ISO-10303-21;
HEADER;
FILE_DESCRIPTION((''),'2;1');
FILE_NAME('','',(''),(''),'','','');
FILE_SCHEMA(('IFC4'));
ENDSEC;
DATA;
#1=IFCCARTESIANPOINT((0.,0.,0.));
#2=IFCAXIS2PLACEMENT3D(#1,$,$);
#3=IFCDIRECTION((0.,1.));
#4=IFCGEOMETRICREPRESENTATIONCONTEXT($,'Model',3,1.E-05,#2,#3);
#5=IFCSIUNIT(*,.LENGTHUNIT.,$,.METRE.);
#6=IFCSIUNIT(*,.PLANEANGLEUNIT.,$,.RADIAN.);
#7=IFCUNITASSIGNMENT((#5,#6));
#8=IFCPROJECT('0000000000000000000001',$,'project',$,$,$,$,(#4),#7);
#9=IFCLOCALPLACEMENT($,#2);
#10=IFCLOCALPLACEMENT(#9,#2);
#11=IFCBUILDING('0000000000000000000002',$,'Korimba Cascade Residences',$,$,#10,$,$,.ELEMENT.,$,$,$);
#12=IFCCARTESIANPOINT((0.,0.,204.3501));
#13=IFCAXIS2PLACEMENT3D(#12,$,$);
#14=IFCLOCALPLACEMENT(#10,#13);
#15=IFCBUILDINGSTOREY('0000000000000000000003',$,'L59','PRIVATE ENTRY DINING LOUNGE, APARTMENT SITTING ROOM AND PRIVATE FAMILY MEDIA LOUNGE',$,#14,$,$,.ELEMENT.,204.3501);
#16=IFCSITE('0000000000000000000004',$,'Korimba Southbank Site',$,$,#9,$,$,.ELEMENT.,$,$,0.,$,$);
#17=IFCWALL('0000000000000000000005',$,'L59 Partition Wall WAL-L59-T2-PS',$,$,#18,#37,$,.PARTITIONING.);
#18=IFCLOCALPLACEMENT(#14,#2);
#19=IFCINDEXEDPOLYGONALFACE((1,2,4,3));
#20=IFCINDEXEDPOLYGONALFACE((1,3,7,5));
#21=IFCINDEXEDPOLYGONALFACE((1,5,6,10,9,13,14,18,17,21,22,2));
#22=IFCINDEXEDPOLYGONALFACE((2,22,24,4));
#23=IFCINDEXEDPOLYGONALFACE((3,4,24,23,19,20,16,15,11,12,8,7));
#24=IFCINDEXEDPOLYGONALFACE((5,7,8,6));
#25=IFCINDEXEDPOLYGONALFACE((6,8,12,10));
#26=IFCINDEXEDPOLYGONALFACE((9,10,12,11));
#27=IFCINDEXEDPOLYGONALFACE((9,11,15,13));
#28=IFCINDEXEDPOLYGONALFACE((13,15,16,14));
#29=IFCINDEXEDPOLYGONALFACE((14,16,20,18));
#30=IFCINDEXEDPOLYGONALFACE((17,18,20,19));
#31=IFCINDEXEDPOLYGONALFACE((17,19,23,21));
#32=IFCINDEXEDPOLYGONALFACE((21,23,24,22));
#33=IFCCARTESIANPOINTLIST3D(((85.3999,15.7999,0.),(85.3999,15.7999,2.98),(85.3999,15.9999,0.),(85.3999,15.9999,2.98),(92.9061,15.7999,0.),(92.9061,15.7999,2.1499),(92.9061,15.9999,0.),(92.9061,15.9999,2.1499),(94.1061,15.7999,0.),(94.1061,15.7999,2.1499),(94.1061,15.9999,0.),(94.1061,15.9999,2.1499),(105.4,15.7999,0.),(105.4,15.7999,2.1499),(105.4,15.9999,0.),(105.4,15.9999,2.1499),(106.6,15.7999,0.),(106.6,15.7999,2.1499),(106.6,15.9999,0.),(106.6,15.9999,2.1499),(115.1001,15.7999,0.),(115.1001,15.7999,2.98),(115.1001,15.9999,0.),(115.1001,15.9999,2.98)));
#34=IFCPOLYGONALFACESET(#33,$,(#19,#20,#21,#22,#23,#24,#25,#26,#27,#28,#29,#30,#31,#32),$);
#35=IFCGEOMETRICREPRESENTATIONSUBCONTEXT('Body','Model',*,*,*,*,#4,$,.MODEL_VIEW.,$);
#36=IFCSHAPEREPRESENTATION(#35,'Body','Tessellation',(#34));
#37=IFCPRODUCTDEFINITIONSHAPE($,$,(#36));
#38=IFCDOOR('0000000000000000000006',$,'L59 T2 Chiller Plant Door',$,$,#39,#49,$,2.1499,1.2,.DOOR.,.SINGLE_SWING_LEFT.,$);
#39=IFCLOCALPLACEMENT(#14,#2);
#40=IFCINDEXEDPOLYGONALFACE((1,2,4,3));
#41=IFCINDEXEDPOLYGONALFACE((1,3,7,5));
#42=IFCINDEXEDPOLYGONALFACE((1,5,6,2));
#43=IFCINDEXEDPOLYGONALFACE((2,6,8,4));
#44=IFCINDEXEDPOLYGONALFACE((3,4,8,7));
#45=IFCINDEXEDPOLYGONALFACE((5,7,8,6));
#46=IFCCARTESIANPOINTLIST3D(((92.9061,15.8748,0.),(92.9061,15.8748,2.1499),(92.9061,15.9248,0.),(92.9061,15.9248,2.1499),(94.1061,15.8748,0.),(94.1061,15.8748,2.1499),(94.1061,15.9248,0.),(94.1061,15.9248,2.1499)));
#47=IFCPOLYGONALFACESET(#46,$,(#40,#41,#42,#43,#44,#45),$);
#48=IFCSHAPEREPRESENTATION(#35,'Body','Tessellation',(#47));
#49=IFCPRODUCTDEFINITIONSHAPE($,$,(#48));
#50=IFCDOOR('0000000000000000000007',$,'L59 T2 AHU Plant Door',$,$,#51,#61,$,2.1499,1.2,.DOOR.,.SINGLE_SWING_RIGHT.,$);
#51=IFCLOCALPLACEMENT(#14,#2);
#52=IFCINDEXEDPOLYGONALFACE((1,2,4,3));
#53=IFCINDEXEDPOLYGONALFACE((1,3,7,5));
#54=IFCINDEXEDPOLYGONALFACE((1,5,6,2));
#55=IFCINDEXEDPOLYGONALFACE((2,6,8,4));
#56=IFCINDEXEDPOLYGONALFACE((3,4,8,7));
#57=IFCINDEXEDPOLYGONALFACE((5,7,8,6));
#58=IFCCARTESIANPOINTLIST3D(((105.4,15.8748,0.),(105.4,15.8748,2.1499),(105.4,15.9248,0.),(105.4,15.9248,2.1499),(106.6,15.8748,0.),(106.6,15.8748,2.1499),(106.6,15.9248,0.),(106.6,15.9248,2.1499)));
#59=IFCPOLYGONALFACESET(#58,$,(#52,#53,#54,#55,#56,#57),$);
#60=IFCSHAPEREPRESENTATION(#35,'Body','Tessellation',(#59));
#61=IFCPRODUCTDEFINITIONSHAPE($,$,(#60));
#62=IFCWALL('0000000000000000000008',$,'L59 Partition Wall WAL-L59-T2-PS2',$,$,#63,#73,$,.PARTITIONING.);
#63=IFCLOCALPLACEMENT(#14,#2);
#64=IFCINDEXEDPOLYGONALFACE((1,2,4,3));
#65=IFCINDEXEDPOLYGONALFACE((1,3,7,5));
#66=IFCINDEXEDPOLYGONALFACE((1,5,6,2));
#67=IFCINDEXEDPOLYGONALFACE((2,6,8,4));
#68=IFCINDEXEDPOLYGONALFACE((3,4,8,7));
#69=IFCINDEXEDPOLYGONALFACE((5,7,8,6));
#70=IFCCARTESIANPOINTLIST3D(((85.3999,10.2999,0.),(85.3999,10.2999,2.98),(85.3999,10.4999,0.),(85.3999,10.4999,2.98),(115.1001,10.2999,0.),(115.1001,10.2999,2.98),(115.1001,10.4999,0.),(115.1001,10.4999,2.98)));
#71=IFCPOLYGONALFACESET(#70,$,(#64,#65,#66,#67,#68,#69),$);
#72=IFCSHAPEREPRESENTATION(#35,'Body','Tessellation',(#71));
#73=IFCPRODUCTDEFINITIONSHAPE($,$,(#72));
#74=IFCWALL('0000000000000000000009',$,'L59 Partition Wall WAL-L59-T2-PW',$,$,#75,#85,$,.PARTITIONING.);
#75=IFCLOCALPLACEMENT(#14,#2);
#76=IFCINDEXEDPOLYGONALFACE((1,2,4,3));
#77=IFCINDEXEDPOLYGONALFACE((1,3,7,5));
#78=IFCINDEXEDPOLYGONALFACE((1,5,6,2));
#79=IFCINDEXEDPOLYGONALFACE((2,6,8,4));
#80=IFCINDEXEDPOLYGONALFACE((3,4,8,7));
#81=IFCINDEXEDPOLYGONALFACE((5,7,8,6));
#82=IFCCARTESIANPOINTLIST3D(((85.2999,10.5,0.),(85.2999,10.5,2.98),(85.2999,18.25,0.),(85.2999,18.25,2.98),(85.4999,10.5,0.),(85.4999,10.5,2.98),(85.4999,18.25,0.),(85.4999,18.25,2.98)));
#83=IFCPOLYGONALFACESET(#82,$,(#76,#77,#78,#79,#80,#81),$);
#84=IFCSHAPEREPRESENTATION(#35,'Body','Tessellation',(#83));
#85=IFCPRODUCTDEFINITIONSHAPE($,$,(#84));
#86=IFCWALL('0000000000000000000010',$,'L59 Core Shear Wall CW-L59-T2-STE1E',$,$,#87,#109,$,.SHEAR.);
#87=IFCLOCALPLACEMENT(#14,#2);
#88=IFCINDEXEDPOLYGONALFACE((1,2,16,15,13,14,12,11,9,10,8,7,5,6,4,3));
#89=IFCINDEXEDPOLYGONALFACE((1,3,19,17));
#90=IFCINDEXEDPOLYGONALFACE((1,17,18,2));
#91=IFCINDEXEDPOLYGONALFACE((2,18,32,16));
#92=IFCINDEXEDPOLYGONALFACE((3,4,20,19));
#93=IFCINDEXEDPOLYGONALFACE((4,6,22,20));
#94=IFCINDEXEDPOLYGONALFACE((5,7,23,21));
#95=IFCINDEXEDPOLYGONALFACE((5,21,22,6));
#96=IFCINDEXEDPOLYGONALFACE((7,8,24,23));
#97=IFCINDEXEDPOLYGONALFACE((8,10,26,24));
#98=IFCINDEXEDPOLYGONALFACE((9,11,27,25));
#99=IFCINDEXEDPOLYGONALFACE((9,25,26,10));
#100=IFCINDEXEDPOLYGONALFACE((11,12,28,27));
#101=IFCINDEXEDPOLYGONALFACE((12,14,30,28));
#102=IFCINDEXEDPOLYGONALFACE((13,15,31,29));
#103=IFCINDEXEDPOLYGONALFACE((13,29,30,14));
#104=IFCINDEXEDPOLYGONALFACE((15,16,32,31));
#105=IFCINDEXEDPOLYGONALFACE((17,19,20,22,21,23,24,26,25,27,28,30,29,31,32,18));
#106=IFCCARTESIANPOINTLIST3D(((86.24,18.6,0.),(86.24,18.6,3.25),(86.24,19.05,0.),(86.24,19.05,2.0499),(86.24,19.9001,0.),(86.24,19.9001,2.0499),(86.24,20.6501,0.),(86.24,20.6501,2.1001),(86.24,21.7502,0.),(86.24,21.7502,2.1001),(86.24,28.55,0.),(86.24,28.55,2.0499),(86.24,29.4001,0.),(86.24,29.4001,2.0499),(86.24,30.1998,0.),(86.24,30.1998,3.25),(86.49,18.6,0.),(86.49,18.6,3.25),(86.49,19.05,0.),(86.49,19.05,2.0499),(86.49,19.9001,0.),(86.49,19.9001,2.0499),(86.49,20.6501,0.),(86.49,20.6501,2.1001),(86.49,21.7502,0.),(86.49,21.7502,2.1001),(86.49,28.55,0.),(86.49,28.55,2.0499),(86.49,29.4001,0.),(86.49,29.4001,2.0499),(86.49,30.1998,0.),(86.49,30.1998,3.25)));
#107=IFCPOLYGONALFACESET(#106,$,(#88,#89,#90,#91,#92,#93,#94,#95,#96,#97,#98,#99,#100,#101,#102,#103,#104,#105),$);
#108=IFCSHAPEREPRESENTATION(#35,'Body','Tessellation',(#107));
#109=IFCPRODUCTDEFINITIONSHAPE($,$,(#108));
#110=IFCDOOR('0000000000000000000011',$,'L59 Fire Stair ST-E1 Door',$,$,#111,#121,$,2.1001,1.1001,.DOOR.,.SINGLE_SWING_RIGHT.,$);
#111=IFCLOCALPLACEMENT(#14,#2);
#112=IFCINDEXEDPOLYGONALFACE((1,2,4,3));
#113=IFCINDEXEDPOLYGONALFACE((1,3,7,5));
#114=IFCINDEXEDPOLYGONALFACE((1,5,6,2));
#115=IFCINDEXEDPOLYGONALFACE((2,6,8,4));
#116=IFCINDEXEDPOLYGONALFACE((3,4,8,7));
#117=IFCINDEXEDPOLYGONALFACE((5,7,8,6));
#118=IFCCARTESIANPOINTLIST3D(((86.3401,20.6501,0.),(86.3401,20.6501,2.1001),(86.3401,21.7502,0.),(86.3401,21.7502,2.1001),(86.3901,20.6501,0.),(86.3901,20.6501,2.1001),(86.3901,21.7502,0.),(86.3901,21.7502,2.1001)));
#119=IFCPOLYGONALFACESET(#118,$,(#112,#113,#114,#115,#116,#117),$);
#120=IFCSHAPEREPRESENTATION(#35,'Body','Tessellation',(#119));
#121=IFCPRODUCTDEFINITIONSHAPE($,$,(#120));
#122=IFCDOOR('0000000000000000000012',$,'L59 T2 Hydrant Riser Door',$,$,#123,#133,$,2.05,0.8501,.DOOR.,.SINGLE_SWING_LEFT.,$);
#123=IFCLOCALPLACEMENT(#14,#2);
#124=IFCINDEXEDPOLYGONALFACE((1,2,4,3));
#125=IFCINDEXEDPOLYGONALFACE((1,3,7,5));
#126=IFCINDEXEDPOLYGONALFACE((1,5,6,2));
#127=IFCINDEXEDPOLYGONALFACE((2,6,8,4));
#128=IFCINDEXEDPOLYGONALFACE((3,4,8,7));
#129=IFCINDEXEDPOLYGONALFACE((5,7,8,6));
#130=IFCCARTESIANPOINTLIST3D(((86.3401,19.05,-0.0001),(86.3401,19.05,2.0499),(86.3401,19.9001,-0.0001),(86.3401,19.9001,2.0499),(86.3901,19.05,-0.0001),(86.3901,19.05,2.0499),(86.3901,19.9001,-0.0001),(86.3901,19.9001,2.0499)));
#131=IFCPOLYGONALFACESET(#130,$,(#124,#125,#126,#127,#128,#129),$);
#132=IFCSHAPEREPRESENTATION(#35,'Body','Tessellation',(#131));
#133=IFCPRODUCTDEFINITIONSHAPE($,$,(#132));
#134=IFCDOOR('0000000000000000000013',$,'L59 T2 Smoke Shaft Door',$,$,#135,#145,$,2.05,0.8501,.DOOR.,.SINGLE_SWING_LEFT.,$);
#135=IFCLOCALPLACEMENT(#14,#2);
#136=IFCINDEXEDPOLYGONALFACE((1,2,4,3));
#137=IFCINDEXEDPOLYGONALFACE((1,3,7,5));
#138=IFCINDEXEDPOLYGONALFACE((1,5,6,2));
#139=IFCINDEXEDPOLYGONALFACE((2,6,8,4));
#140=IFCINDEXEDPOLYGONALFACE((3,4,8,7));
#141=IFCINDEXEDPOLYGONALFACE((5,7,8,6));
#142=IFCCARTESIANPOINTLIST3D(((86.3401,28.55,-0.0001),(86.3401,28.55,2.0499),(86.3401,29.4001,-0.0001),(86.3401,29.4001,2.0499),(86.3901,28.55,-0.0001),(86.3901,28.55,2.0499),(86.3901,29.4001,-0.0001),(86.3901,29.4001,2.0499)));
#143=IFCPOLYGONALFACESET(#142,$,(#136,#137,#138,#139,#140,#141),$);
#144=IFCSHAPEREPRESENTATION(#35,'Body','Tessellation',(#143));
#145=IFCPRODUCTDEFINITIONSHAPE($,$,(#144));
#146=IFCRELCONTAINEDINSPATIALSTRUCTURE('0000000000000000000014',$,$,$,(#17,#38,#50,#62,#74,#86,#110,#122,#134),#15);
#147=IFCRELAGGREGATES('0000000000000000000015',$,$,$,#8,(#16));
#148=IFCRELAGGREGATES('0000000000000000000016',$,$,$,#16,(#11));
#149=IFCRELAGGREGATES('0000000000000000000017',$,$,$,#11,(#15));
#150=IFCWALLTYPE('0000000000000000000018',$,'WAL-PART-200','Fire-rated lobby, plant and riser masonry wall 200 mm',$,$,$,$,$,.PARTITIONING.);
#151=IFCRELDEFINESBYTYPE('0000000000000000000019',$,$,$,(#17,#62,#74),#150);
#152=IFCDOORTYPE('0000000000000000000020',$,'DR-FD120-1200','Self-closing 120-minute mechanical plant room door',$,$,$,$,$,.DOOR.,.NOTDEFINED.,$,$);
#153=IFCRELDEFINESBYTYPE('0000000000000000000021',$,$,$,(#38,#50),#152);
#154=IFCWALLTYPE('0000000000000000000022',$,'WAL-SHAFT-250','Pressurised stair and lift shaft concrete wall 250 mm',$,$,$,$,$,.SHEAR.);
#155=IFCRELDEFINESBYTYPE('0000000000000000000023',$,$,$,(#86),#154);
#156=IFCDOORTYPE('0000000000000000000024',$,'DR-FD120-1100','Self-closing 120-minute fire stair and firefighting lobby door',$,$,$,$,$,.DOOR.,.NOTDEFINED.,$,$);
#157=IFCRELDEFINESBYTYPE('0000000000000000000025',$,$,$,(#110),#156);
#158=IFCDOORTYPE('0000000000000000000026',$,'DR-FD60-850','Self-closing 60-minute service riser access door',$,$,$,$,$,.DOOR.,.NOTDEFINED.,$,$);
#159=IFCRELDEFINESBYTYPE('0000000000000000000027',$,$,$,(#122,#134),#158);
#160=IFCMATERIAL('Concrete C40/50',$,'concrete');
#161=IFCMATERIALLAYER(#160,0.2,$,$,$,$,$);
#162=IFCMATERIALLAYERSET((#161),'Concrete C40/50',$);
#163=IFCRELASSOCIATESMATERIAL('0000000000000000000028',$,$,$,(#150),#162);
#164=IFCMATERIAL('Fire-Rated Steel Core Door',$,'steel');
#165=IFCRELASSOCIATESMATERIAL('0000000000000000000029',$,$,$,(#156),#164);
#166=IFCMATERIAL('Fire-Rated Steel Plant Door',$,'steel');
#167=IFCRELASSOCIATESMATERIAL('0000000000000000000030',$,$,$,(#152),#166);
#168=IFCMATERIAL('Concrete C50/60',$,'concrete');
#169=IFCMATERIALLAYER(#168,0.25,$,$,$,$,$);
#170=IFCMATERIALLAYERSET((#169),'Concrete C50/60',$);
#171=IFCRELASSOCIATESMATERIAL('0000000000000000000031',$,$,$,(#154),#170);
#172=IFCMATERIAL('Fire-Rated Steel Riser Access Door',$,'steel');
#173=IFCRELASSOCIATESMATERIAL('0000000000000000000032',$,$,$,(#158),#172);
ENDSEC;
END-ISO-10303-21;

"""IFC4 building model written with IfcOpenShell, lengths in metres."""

from ifc_helpers import new_model, si_unit, direction, frame, frame_2d, origin, place, context, subcontext, project, spatial, rectangle, extrude, material, layer, layer_set, type_object, element, fill, save


model = new_model("IFC4")

# Units and contexts
model_context = context("Model", 3, precision=1e-05, world=origin(), true_north=direction((0.0, 1.0)))
body_context = subcontext(model_context, "Body", "Model", "MODEL_VIEW")
ifc_project = project(units=[si_unit("LENGTHUNIT", "METRE"), si_unit("PLANEANGLEUNIT", "RADIAN")], contexts=[model_context])

# Site, building, storey
site_placement = place(None, origin())
site = spatial("IfcSite", under=ifc_project, at=site_placement, Name="Korimba Southbank Site", CompositionType="ELEMENT", RefElevation=0.0)
building_placement = place(site_placement, origin())
building = spatial("IfcBuilding", under=site, at=building_placement, Name="Korimba Cascade Residences", CompositionType="ELEMENT")
storey_placement = place(building_placement, frame((0.0, 0.0, 204.3501)))
storey = spatial("IfcBuildingStorey", under=building, at=storey_placement, Name="L59", Description="PRIVATE ENTRY DINING LOUNGE, APARTMENT SITTING ROOM AND PRIVATE FAMILY MEDIA LOUNGE", CompositionType="ELEMENT", Elevation=204.3501)

# Shared definitions
ifc_material_1 = material(Name="Concrete C50/60", Category="concrete")

# Shared definitions
ifc_material_2 = material(Name="Concrete C40/50", Category="concrete")
ifc_layer_1 = layer(ifc_material_2, 0.2)
ifc_layer_set_1 = layer_set([ifc_layer_1], Name="Concrete C40/50")
wall_type_1 = type_object("IfcWallType", Name="WAL-PART-200", Description="Fire-rated lobby, plant and riser masonry wall 200 mm", PredefinedType="PARTITIONING", material=ifc_layer_set_1)
ifc_material_3 = material(Name="Fire-Rated Steel Core Door", Category="steel")
door_type_1 = type_object("IfcDoorType", Name="DR-FD120-1100", Description="Self-closing 120-minute fire stair and firefighting lobby door", OperationType="NOTDEFINED", PredefinedType="DOOR", material=ifc_material_3)

# Wall, openings, doors
wall_1_placement = place(storey_placement, frame((85.3999, 15.8999, 0.0), z_axis=(0.0, 0.0, 1.0), x_axis=(1.0, 0.0, 0.0)))
wall_1 = element("IfcWall", 1, at=wall_1_placement, inside=storey, type_object=wall_type_1, Name="L59 Partition Wall WAL-L59-T2-PS", PredefinedType="PARTITIONING", context=body_context, shape_type="SweptSolid", body=[
    extrude(rectangle(XDim=29.7002, YDim=0.2, at=frame_2d((14.8501, 0.0))), origin(), (0.0, 0.0, 1.0), 2.98),
])
opening_1_placement = place(wall_1_placement, frame((7.5061, 0.0, 0.0)))
opening_1 = element("IfcOpeningElement", 2, at=opening_1_placement, cuts=wall_1, PredefinedType="OPENING", context=body_context, shape_type="SweptSolid", body=[
    extrude(rectangle(XDim=1.2, YDim=2.1499, at=frame_2d((0.6001, 1.075))), frame((0.0, 0.1099, 0.0), z_axis=(0.0, -1.0, 0.0), x_axis=(1.0, 0.0, 0.0)), (0.0, 0.0, 1.0), 0.22),
])
opening_2_placement = place(wall_1_placement, frame((20.0, 0.0, 0.0)))
opening_2 = element("IfcOpeningElement", 3, at=opening_2_placement, cuts=wall_1, PredefinedType="OPENING", context=body_context, shape_type="SweptSolid", body=[
    extrude(rectangle(XDim=1.2, YDim=2.1499, at=frame_2d((0.6001, 1.075))), frame((0.0, 0.1099, 0.0), z_axis=(0.0, -1.0, 0.0), x_axis=(1.0, 0.0, 0.0)), (0.0, 0.0, 1.0), 0.22),
])
ifc_material_4 = material(Name="Fire-Rated Steel Plant Door", Category="steel")
door_type_2 = type_object("IfcDoorType", Name="DR-FD120-1200", Description="Self-closing 120-minute mechanical plant room door", OperationType="NOTDEFINED", PredefinedType="DOOR", material=ifc_material_4)
door_1_placement = place(opening_1_placement, origin())
door_1 = element("IfcDoor", 4, at=door_1_placement, inside=storey, type_object=door_type_2, Name="L59 T2 Chiller Plant Door", OperationType="SINGLE_SWING_LEFT", OverallHeight=2.1499, OverallWidth=1.2, PredefinedType="DOOR", context=body_context, shape_type="SweptSolid", body=[
    extrude(rectangle(XDim=1.2, YDim=2.1499, at=frame_2d((0.6001, 1.075))), frame((0.0, 0.0249, 0.0), z_axis=(0.0, -1.0, 0.0), x_axis=(1.0, 0.0, 0.0)), (0.0, 0.0, 1.0), 0.05),
])
fill(opening_1, door_1)
door_2_placement = place(opening_2_placement, origin())
door_2 = element("IfcDoor", 5, at=door_2_placement, inside=storey, type_object=door_type_2, Name="L59 T2 AHU Plant Door", OperationType="SINGLE_SWING_RIGHT", OverallHeight=2.1499, OverallWidth=1.2, PredefinedType="DOOR", context=body_context, shape_type="SweptSolid", body=[
    extrude(rectangle(XDim=1.2, YDim=2.1499, at=frame_2d((0.6001, 1.075))), frame((0.0, 0.0249, 0.0), z_axis=(0.0, -1.0, 0.0), x_axis=(1.0, 0.0, 0.0)), (0.0, 0.0, 1.0), 0.05),
])
fill(opening_2, door_2)

# Walls
wall_2_placement = place(storey_placement, frame((85.3999, 10.3999, 0.0), z_axis=(0.0, 0.0, 1.0), x_axis=(1.0, 0.0, 0.0)))
element("IfcWall", 6, at=wall_2_placement, inside=storey, type_object=wall_type_1, Name="L59 Partition Wall WAL-L59-T2-PS2", PredefinedType="PARTITIONING", context=body_context, shape_type="SweptSolid", body=[
    extrude(rectangle(XDim=29.7002, YDim=0.2, at=frame_2d((14.8501, 0.0))), origin(), (0.0, 0.0, 1.0), 2.98),
])
wall_3_placement = place(storey_placement, frame((85.3999, 10.5, 0.0), z_axis=(0.0, 0.0, 1.0), x_axis=(0.0, 1.0, 0.0)))
element("IfcWall", 7, at=wall_3_placement, inside=storey, type_object=wall_type_1, Name="L59 Partition Wall WAL-L59-T2-PW", PredefinedType="PARTITIONING", context=body_context, shape_type="SweptSolid", body=[
    extrude(rectangle(XDim=7.75, YDim=0.2, at=frame_2d((3.875, 0.0))), origin(), (0.0, 0.0, 1.0), 2.98),
])

# Wall, openings, doors
ifc_layer_2 = layer(ifc_material_1, 0.25)
ifc_layer_set_2 = layer_set([ifc_layer_2], Name="Concrete C50/60")
wall_type_2 = type_object("IfcWallType", Name="WAL-SHAFT-250", Description="Pressurised stair and lift shaft concrete wall 250 mm", PredefinedType="SHEAR", material=ifc_layer_set_2)
wall_4_placement = place(storey_placement, frame((86.365, 18.6001, 0.0), z_axis=(0.0, 0.0, 1.0), x_axis=(0.0, 1.0, 0.0)))
wall_4 = element("IfcWall", 8, at=wall_4_placement, inside=storey, type_object=wall_type_2, Name="L59 Core Shear Wall CW-L59-T2-STE1E", PredefinedType="SHEAR", context=body_context, shape_type="SweptSolid", body=[
    extrude(rectangle(XDim=11.5999, YDim=0.25, at=frame_2d((5.7998, 0.0))), origin(), (0.0, 0.0, 1.0), 3.25),
])
opening_3_placement = place(wall_4_placement, frame((0.45, 0.0, 0.0)))
opening_3 = element("IfcOpeningElement", 9, at=opening_3_placement, cuts=wall_4, PredefinedType="OPENING", context=body_context, shape_type="SweptSolid", body=[
    extrude(rectangle(XDim=0.8501, YDim=2.05, at=frame_2d((0.425, 1.0249))), frame((0.0, 0.135, 0.0), z_axis=(0.0, -1.0, 0.0), x_axis=(1.0, 0.0, 0.0)), (0.0, 0.0, 1.0), 0.27),
])
opening_4_placement = place(wall_4_placement, frame((2.05, 0.0, 0.0)))
opening_4 = element("IfcOpeningElement", 10, at=opening_4_placement, cuts=wall_4, PredefinedType="OPENING", context=body_context, shape_type="SweptSolid", body=[
    extrude(rectangle(XDim=1.1001, YDim=2.1001, at=frame_2d((0.55, 1.05))), frame((0.0, 0.135, 0.0), z_axis=(0.0, -1.0, 0.0), x_axis=(1.0, 0.0, 0.0)), (0.0, 0.0, 1.0), 0.27),
])
opening_5_placement = place(wall_4_placement, frame((9.95, 0.0, 0.0)))
opening_5 = element("IfcOpeningElement", 11, at=opening_5_placement, cuts=wall_4, PredefinedType="OPENING", context=body_context, shape_type="SweptSolid", body=[
    extrude(rectangle(XDim=0.8501, YDim=2.05, at=frame_2d((0.425, 1.0249))), frame((0.0, 0.135, 0.0), z_axis=(0.0, -1.0, 0.0), x_axis=(1.0, 0.0, 0.0)), (0.0, 0.0, 1.0), 0.27),
])
door_3_placement = place(opening_4_placement, origin())
door_3 = element("IfcDoor", 12, at=door_3_placement, inside=storey, type_object=door_type_1, Name="L59 Fire Stair ST-E1 Door", OperationType="SINGLE_SWING_RIGHT", OverallHeight=2.1001, OverallWidth=1.1001, PredefinedType="DOOR", context=body_context, shape_type="SweptSolid", body=[
    extrude(rectangle(XDim=1.1001, YDim=2.1001, at=frame_2d((0.55, 1.05))), frame((0.0, 0.0249, 0.0), z_axis=(0.0, -1.0, 0.0), x_axis=(1.0, 0.0, 0.0)), (0.0, 0.0, 1.0), 0.05),
])
fill(opening_4, door_3)
ifc_material_5 = material(Name="Fire-Rated Steel Riser Access Door", Category="steel")
door_type_3 = type_object("IfcDoorType", Name="DR-FD60-850", Description="Self-closing 60-minute service riser access door", OperationType="NOTDEFINED", PredefinedType="DOOR", material=ifc_material_5)
door_4_placement = place(opening_3_placement, origin())
door_4 = element("IfcDoor", 13, at=door_4_placement, inside=storey, type_object=door_type_3, Name="L59 T2 Hydrant Riser Door", OperationType="SINGLE_SWING_LEFT", OverallHeight=2.05, OverallWidth=0.8501, PredefinedType="DOOR", context=body_context, shape_type="SweptSolid", body=[
    extrude(rectangle(XDim=0.8501, YDim=2.05, at=frame_2d((0.425, 1.0249))), frame((0.0, 0.0249, 0.0), z_axis=(0.0, -1.0, 0.0), x_axis=(1.0, 0.0, 0.0)), (0.0, 0.0, 1.0), 0.05),
])
fill(opening_3, door_4)
door_5_placement = place(opening_5_placement, origin())
door_5 = element("IfcDoor", 14, at=door_5_placement, inside=storey, type_object=door_type_3, Name="L59 T2 Smoke Shaft Door", OperationType="SINGLE_SWING_LEFT", OverallHeight=2.05, OverallWidth=0.8501, PredefinedType="DOOR", context=body_context, shape_type="SweptSolid", body=[
    extrude(rectangle(XDim=0.8501, YDim=2.05, at=frame_2d((0.425, 1.0249))), frame((0.0, 0.0249, 0.0), z_axis=(0.0, -1.0, 0.0), x_axis=(1.0, 0.0, 0.0)), (0.0, 0.0, 1.0), 0.05),
])
fill(opening_5, door_5)

save(model, "model.ifc")
